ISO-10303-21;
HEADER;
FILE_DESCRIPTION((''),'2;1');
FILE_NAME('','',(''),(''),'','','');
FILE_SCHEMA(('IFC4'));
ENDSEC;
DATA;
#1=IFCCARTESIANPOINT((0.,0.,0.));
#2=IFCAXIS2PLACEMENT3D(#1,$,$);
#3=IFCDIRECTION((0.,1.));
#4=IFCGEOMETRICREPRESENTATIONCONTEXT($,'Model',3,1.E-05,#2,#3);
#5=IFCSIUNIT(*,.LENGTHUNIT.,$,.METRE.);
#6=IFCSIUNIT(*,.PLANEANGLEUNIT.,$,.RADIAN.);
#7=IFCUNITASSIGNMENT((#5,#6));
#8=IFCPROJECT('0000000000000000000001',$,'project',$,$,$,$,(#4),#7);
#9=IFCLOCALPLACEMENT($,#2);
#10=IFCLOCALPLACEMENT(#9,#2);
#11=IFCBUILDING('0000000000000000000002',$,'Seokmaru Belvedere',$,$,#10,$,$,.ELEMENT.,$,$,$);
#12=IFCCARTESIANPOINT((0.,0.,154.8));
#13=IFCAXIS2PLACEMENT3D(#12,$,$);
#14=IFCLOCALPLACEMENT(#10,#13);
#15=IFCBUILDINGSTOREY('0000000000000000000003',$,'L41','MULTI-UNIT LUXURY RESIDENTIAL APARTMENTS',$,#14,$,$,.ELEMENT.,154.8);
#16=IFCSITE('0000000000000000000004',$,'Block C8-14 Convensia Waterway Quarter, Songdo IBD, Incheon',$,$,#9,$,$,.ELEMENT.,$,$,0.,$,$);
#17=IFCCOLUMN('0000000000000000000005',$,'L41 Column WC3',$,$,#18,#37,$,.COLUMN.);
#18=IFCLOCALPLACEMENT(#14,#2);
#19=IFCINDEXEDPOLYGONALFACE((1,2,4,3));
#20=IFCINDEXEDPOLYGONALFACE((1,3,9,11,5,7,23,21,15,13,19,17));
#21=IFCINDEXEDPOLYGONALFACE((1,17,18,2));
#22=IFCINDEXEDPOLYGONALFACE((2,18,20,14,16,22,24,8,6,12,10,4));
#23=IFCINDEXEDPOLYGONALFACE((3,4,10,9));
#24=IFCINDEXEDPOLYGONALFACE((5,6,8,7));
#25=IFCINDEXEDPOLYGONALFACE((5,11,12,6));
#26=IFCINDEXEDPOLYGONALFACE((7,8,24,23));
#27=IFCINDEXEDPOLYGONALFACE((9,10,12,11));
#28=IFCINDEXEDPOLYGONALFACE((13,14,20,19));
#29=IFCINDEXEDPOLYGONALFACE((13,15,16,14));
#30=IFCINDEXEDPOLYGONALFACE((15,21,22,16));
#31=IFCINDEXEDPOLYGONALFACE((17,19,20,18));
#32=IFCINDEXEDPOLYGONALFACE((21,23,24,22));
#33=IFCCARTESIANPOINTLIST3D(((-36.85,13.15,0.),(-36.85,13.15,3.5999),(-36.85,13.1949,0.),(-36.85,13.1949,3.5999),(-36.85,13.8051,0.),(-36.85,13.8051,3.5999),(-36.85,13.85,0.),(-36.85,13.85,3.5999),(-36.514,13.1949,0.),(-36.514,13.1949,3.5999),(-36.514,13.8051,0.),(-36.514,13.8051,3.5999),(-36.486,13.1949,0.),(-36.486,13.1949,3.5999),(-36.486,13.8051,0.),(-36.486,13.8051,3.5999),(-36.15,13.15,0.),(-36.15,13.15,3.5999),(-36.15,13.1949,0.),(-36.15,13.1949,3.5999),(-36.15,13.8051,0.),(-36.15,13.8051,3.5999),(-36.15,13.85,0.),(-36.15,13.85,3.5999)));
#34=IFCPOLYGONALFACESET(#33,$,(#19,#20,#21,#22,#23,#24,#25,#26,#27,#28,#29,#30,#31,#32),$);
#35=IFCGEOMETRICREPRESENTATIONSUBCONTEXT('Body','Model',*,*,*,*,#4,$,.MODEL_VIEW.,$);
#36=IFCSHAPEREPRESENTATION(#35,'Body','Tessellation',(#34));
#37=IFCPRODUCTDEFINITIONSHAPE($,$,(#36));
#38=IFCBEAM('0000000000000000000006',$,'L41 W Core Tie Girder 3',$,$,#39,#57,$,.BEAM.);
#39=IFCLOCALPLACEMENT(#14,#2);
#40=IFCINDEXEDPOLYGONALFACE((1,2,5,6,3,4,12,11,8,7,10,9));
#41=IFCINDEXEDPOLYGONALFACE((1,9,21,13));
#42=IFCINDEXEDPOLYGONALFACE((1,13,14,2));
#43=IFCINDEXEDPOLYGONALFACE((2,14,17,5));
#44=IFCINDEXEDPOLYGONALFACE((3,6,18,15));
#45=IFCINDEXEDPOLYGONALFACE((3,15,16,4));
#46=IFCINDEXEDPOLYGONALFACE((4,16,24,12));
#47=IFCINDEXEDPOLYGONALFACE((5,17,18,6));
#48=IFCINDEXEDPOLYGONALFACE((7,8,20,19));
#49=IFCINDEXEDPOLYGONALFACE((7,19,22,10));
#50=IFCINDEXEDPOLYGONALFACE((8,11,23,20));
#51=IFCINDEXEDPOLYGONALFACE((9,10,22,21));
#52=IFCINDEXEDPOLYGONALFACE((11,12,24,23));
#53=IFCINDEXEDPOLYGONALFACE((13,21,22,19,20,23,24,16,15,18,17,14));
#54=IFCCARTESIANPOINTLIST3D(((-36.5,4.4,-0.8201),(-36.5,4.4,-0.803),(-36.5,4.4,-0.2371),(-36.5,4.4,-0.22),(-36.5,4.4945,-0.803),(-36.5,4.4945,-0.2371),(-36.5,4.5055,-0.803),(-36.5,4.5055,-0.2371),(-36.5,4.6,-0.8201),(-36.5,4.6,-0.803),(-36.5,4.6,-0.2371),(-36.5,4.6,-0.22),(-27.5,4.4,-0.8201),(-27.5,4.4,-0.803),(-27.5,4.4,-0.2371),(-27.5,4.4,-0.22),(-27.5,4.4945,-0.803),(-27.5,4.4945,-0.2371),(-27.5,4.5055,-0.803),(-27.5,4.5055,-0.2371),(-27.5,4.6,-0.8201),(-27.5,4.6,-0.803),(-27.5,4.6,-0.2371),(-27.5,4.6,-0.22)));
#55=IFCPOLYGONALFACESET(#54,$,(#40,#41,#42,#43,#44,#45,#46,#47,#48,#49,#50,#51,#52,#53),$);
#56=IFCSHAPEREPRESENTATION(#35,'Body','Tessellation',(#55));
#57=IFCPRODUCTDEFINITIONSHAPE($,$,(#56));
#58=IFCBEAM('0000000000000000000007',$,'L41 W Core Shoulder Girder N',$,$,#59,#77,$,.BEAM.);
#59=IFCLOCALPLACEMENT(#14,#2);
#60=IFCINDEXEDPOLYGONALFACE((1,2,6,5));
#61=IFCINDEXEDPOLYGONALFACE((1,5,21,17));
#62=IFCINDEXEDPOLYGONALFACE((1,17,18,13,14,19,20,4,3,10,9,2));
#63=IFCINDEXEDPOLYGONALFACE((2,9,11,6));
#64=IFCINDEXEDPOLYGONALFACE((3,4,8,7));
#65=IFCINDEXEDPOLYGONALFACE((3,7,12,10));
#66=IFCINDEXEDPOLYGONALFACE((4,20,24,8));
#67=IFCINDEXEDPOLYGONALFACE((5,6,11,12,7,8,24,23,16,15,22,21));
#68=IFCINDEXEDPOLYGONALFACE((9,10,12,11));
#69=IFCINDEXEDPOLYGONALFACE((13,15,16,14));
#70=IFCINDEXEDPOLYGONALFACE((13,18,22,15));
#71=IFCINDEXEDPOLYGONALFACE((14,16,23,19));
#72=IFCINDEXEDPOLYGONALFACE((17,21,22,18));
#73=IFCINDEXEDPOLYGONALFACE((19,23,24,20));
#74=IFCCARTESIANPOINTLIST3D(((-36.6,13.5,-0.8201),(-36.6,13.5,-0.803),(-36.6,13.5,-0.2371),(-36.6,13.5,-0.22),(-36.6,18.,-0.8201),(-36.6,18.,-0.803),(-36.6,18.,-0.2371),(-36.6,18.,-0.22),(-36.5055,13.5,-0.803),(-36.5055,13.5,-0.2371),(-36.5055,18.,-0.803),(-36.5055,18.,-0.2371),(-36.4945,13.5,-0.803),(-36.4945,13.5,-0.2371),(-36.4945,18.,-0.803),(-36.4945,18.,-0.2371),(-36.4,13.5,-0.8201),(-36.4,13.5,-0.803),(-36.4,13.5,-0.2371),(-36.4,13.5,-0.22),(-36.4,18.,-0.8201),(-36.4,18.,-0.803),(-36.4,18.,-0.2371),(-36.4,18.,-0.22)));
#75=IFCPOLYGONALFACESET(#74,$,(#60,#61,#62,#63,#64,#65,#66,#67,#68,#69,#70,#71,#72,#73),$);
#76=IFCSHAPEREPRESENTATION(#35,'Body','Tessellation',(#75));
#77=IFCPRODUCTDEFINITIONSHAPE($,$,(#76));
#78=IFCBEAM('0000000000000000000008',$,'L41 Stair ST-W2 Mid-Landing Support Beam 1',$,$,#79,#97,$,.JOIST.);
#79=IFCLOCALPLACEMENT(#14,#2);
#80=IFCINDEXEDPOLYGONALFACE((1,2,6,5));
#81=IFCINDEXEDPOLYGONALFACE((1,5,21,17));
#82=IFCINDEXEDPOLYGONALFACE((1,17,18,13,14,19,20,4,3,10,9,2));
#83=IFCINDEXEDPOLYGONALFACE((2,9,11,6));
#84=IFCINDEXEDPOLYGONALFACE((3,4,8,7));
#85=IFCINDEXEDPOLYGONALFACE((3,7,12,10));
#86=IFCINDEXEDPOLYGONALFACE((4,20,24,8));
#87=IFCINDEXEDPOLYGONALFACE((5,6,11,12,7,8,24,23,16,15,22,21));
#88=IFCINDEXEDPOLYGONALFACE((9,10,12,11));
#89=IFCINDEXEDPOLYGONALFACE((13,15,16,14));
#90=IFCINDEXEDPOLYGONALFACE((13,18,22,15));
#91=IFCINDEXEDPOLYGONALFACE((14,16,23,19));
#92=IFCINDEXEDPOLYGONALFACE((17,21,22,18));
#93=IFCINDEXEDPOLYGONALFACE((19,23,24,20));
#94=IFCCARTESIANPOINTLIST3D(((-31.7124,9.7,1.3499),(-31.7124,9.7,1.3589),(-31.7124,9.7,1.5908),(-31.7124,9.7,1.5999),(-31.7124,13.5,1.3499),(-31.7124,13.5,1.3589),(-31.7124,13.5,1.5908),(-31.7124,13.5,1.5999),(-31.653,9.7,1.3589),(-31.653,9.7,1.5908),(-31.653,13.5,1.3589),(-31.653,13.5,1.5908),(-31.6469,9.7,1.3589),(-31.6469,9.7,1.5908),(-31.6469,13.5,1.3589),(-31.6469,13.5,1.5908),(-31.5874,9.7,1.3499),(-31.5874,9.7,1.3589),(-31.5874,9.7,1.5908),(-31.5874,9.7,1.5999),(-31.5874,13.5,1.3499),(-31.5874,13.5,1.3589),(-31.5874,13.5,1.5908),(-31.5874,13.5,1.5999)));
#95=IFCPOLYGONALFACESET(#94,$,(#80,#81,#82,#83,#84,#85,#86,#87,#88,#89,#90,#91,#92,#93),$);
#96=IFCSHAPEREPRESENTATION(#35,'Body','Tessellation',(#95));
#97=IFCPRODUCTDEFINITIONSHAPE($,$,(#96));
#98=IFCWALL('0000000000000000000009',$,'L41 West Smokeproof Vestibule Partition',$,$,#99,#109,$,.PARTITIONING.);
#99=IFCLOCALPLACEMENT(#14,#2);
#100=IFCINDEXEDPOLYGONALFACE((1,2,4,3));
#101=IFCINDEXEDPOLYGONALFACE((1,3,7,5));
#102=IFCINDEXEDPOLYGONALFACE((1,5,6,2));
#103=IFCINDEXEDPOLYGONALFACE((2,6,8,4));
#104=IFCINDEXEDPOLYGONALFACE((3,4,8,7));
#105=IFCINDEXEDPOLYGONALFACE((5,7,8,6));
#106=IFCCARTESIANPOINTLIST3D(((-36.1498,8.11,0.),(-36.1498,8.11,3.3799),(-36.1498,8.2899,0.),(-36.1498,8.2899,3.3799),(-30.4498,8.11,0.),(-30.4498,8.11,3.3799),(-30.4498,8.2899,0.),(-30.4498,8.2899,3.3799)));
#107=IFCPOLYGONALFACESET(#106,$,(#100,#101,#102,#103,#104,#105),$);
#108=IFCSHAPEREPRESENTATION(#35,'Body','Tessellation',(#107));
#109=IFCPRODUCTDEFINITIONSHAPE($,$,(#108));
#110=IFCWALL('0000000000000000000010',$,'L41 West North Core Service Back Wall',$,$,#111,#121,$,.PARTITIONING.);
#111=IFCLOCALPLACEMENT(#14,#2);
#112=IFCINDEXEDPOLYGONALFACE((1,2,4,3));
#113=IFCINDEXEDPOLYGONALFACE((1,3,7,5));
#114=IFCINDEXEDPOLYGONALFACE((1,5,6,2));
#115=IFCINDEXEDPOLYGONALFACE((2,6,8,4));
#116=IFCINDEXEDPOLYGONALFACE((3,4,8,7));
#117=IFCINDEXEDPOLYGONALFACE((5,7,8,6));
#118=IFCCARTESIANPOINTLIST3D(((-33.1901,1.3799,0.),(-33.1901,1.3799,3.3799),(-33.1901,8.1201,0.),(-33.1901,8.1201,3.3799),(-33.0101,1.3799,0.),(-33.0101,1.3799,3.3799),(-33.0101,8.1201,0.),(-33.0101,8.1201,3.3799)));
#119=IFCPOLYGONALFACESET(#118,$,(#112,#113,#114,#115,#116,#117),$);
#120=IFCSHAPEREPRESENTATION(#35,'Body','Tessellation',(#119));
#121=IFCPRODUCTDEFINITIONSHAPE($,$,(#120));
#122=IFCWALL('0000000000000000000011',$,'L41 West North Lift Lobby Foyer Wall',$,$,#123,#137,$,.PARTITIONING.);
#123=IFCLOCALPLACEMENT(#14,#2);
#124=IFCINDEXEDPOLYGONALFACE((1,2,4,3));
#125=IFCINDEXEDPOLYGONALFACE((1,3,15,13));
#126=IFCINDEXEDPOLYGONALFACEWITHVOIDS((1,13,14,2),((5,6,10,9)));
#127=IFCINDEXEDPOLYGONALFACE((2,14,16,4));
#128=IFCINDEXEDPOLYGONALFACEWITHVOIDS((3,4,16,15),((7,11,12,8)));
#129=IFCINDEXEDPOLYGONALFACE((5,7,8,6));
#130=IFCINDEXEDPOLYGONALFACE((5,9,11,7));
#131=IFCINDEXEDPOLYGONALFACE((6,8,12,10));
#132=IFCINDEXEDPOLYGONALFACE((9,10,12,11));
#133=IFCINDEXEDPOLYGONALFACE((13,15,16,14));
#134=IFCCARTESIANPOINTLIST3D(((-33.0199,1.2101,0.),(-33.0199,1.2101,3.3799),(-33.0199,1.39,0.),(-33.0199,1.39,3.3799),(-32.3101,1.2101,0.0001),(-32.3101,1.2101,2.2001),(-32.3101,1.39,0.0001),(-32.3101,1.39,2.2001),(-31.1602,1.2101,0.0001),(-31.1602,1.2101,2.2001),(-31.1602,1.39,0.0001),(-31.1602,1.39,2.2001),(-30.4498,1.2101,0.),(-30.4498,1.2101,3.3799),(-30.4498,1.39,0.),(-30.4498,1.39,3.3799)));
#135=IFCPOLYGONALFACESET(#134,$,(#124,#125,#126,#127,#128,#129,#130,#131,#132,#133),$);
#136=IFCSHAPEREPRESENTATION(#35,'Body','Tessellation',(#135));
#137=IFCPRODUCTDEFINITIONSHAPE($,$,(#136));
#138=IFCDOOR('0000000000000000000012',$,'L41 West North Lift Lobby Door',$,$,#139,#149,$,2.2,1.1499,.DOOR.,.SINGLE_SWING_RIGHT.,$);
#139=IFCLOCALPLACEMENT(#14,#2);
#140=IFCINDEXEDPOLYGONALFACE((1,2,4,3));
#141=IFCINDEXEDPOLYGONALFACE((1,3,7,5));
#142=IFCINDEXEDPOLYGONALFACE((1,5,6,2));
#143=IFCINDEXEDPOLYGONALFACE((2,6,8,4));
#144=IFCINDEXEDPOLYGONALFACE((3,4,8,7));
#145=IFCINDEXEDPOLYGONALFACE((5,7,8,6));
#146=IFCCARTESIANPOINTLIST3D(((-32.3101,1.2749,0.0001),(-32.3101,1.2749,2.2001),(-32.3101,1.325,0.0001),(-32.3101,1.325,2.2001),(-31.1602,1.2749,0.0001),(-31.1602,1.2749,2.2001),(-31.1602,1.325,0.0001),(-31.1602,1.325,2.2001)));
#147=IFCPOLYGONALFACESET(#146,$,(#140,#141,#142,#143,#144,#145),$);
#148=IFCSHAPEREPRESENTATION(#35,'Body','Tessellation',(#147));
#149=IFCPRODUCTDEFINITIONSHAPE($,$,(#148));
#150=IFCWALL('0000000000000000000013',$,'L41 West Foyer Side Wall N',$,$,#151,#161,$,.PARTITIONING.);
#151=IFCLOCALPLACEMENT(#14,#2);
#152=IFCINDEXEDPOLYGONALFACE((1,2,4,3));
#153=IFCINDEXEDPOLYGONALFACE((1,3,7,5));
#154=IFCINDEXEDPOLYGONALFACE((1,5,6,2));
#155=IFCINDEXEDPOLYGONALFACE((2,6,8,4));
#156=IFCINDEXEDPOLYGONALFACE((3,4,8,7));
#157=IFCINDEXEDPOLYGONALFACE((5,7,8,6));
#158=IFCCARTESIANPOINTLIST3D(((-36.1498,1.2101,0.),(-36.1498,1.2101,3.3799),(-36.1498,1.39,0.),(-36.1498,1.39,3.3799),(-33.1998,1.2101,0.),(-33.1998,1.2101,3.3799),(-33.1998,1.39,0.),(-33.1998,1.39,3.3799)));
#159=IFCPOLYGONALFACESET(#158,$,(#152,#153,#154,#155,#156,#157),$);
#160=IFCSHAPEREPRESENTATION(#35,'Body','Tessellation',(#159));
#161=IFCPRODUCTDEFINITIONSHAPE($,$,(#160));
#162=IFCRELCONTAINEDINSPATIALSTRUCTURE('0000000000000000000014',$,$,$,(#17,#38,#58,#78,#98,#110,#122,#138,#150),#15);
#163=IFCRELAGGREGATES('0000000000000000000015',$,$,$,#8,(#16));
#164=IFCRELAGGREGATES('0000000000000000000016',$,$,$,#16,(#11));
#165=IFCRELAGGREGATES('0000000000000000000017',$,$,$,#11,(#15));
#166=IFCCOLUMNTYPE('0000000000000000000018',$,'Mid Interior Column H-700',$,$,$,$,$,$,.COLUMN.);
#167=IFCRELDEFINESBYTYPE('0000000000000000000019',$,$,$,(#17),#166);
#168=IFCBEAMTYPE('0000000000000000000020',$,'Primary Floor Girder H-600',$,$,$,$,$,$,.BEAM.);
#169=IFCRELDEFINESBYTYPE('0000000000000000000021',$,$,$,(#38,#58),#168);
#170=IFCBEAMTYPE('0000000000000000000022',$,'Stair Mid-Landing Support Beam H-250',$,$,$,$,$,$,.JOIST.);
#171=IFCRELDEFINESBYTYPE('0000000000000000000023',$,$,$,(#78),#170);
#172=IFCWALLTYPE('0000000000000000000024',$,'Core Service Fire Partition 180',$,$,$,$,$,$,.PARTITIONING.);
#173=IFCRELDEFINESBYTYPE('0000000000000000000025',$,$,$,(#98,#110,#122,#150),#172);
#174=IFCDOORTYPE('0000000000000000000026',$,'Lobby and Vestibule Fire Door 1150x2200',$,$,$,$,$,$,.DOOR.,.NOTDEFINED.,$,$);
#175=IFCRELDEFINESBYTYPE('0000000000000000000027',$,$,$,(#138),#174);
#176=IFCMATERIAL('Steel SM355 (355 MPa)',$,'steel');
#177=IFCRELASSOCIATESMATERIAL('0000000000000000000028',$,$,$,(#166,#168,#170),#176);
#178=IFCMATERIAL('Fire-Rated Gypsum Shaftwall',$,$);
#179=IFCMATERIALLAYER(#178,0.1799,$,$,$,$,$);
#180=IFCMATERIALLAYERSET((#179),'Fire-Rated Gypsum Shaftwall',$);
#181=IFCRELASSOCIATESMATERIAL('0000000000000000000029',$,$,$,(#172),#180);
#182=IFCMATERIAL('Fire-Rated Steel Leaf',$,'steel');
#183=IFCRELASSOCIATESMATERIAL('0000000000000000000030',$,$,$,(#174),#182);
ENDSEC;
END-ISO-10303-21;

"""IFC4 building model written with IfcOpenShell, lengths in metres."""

from ifc_helpers import new_model, si_unit, direction, frame, frame_2d, origin, origin_2d, place, context, subcontext, project, spatial, rectangle, i_section, extrude, source, transform, mapped, material, layer, layer_set, material_profile, profile_set, type_object, type_shapes, element, fill, save


model = new_model("IFC4")

# Units and contexts
model_context = context("Model", 3, precision=1e-05, world=origin(), true_north=direction((0.0, 1.0)))
body_context = subcontext(model_context, "Body", "Model", "MODEL_VIEW")
ifc_project = project(units=[si_unit("LENGTHUNIT", "METRE"), si_unit("PLANEANGLEUNIT", "RADIAN")], contexts=[model_context])

# Site, building, storey
site_placement = place(None, origin())
site = spatial("IfcSite", under=ifc_project, at=site_placement, Name="Block C8-14 Convensia Waterway Quarter, Songdo IBD, Incheon", CompositionType="ELEMENT", RefElevation=0.0)
building_placement = place(site_placement, origin())
building = spatial("IfcBuilding", under=site, at=building_placement, Name="Seokmaru Belvedere", CompositionType="ELEMENT")
storey_placement = place(building_placement, frame((0.0, 0.0, 154.8)))
storey = spatial("IfcBuildingStorey", under=building, at=storey_placement, Name="L41", Description="MULTI-UNIT LUXURY RESIDENTIAL APARTMENTS", CompositionType="ELEMENT", Elevation=154.8)

# Column
ifc_material_1 = material(Name="Steel SM355 (355 MPa)", Category="steel")
ifc_material_profile_1 = material_profile(ifc_material_1, i_section(OverallWidth=0.7, OverallDepth=0.7, WebThickness=0.0281, FlangeThickness=0.0449, at=origin_2d()), Name="H-700x700x28x45")
ifc_profile_set_1 = profile_set([ifc_material_profile_1], Name="Steel SM355 (355 MPa)")
column_type = type_object("IfcColumnType", Name="Mid Interior Column H-700", PredefinedType="COLUMN", material=ifc_profile_set_1)
shared_shape_1 = source(origin(), body_context, "Body", "SweptSolid", [
    extrude(i_section(OverallWidth=0.7, OverallDepth=0.7, WebThickness=0.0281, FlangeThickness=0.0449, at=origin_2d()), origin(), (0.0, 0.0, 1.0), 3.5999),
])
type_shapes(column_type, [shared_shape_1])
column_placement = place(storey_placement, frame((-36.5, 13.5, 0.0), z_axis=(0.0, 0.0, 1.0), x_axis=(1.0, 0.0, 0.0)))
element("IfcColumn", 1, at=column_placement, inside=storey, type_object=column_type, Name="L41 Column WC3", PredefinedType="COLUMN", context=body_context, shape_type="MappedRepresentation", body=[
    mapped(shared_shape_1, transform((0.0, 0.0, 0.0), scale=1.0)),
])

# Beams
ifc_material_profile_2 = material_profile(ifc_material_1, i_section(OverallWidth=0.2, OverallDepth=0.6001, WebThickness=0.011, FlangeThickness=0.0171, at=origin_2d()), Name="H-600x200x11x17")
ifc_profile_set_2 = profile_set([ifc_material_profile_2], Name="Steel SM355 (355 MPa)")
beam_type_1 = type_object("IfcBeamType", Name="Primary Floor Girder H-600", PredefinedType="BEAM", material=ifc_profile_set_2)
shared_shape_2 = source(origin(), body_context, "Body", "SweptSolid", [
    extrude(i_section(OverallWidth=0.2, OverallDepth=0.6001, WebThickness=0.011, FlangeThickness=0.0171, at=origin_2d()), origin(), (0.0, 0.0, 1.0), 9.0),
])
beam_1_placement = place(storey_placement, frame((-36.5, 4.5, -0.52), z_axis=(1.0, 0.0, 0.0), x_axis=(0.0, 1.0, 0.0)))
element("IfcBeam", 2, at=beam_1_placement, inside=storey, type_object=beam_type_1, Name="L41 W Core Tie Girder 3", PredefinedType="BEAM", context=body_context, shape_type="MappedRepresentation", body=[
    mapped(shared_shape_2, transform((0.0, 0.0, 0.0), scale=1.0)),
])
shared_shape_3 = source(origin(), body_context, "Body", "SweptSolid", [
    extrude(i_section(OverallWidth=0.2, OverallDepth=0.6001, WebThickness=0.011, FlangeThickness=0.0171, at=origin_2d()), origin(), (0.0, 0.0, 1.0), 4.5),
])
type_shapes(beam_type_1, [shared_shape_2, shared_shape_3])
beam_2_placement = place(storey_placement, frame((-36.5, 13.5, -0.52), z_axis=(0.0, 1.0, 0.0), x_axis=(-1.0, 0.0, 0.0)))
element("IfcBeam", 3, at=beam_2_placement, inside=storey, type_object=beam_type_1, Name="L41 W Core Shoulder Girder N", PredefinedType="BEAM", context=body_context, shape_type="MappedRepresentation", body=[
    mapped(shared_shape_3, transform((0.0, 0.0, 0.0), scale=1.0)),
])
ifc_material_profile_3 = material_profile(ifc_material_1, i_section(OverallWidth=0.125, OverallDepth=0.25, WebThickness=0.0061, FlangeThickness=0.009, at=origin_2d()), Name="H-250x125x6x9")
ifc_profile_set_3 = profile_set([ifc_material_profile_3], Name="Steel SM355 (355 MPa)")
beam_type_2 = type_object("IfcBeamType", Name="Stair Mid-Landing Support Beam H-250", PredefinedType="JOIST", material=ifc_profile_set_3)
shared_shape_4 = source(origin(), body_context, "Body", "SweptSolid", [
    extrude(i_section(OverallWidth=0.125, OverallDepth=0.25, WebThickness=0.0061, FlangeThickness=0.009, at=origin_2d()), origin(), (0.0, 0.0, 1.0), 3.8),
])
type_shapes(beam_type_2, [shared_shape_4])
beam_3_placement = place(storey_placement, frame((-31.6499, 9.7, 1.4749), z_axis=(0.0, 1.0, 0.0), x_axis=(-1.0, 0.0, 0.0)))
element("IfcBeam", 4, at=beam_3_placement, inside=storey, type_object=beam_type_2, Name="L41 Stair ST-W2 Mid-Landing Support Beam 1", PredefinedType="JOIST", context=body_context, shape_type="MappedRepresentation", body=[
    mapped(shared_shape_4, transform((0.0, 0.0, 0.0), scale=1.0)),
])

# Walls
ifc_material_2 = material(Name="Fire-Rated Gypsum Shaftwall")
ifc_layer_1 = layer(ifc_material_2, 0.1799)
ifc_layer_set_1 = layer_set([ifc_layer_1], Name="Fire-Rated Gypsum Shaftwall")
wall_type_1 = type_object("IfcWallType", Name="Core Service Fire Partition 180", PredefinedType="PARTITIONING", material=ifc_layer_set_1)
wall_1_placement = place(storey_placement, frame((-36.1499, 8.2, 0.0), z_axis=(0.0, 0.0, 1.0), x_axis=(1.0, 0.0, 0.0)))
element("IfcWall", 5, at=wall_1_placement, inside=storey, type_object=wall_type_1, Name="L41 West Smokeproof Vestibule Partition", PredefinedType="PARTITIONING", context=body_context, shape_type="SweptSolid", body=[
    extrude(rectangle(XDim=5.7, YDim=0.1799, at=frame_2d((2.8501, 0.0))), origin(), (0.0, 0.0, 1.0), 3.3799),
])
wall_2_placement = place(storey_placement, frame((-33.1001, 1.3799, 0.0), z_axis=(0.0, 0.0, 1.0), x_axis=(0.0, 1.0, 0.0)))
element("IfcWall", 6, at=wall_2_placement, inside=storey, type_object=wall_type_1, Name="L41 West North Core Service Back Wall", PredefinedType="PARTITIONING", context=body_context, shape_type="SweptSolid", body=[
    extrude(rectangle(XDim=6.7402, YDim=0.1799, at=frame_2d((3.3701, 0.0))), origin(), (0.0, 0.0, 1.0), 3.3799),
])

# Wall, opening, door
wall_3_placement = place(storey_placement, frame((-33.02, 1.3, 0.0), z_axis=(0.0, 0.0, 1.0), x_axis=(1.0, 0.0, 0.0)))
wall_3 = element("IfcWall", 7, at=wall_3_placement, inside=storey, type_object=wall_type_1, Name="L41 West North Lift Lobby Foyer Wall", PredefinedType="PARTITIONING", context=body_context, shape_type="SweptSolid", body=[
    extrude(rectangle(XDim=2.5701, YDim=0.1799, at=frame_2d((1.2852, 0.0))), origin(), (0.0, 0.0, 1.0), 3.3799),
])
opening_1_placement = place(wall_3_placement, frame((0.71, 0.0, 0.0)))
opening_1 = element("IfcOpeningElement", 8, at=opening_1_placement, cuts=wall_3, PredefinedType="OPENING", context=body_context, shape_type="SweptSolid", body=[
    extrude(rectangle(XDim=1.1499, YDim=2.2, at=frame_2d((0.575, 1.1001))), frame((0.0, 0.1001, 0.0), z_axis=(0.0, -1.0, 0.0), x_axis=(1.0, 0.0, 0.0)), (0.0, 0.0, 1.0), 0.2),
])
ifc_material_3 = material(Name="Fire-Rated Steel Leaf", Category="steel")
door_type_1 = type_object("IfcDoorType", Name="Lobby and Vestibule Fire Door 1150x2200", OperationType="NOTDEFINED", PredefinedType="DOOR", material=ifc_material_3)
shared_shape_5 = source(origin(), body_context, "Body", "SweptSolid", [
    extrude(rectangle(XDim=1.1499, YDim=2.2, at=frame_2d((0.575, 1.1001))), frame((0.0, 0.0249, 0.0), z_axis=(0.0, -1.0, 0.0), x_axis=(1.0, 0.0, 0.0)), (0.0, 0.0, 1.0), 0.05),
])
type_shapes(door_type_1, [shared_shape_5])
door_1_placement = place(opening_1_placement, origin())
door_1 = element("IfcDoor", 9, at=door_1_placement, inside=storey, type_object=door_type_1, Name="L41 West North Lift Lobby Door", OperationType="SINGLE_SWING_RIGHT", OverallHeight=2.2, OverallWidth=1.1499, PredefinedType="DOOR", context=body_context, shape_type="MappedRepresentation", body=[
    mapped(shared_shape_5, transform((0.0, 0.0, 0.0), scale=1.0)),
])
fill(opening_1, door_1)

# Wall
wall_4_placement = place(storey_placement, frame((-36.1499, 1.3, 0.0), z_axis=(0.0, 0.0, 1.0), x_axis=(1.0, 0.0, 0.0)))
element("IfcWall", 10, at=wall_4_placement, inside=storey, type_object=wall_type_1, Name="L41 West Foyer Side Wall N", PredefinedType="PARTITIONING", context=body_context, shape_type="SweptSolid", body=[
    extrude(rectangle(XDim=2.95, YDim=0.1799, at=frame_2d((1.4751, 0.0))), origin(), (0.0, 0.0, 1.0), 3.3799),
])

save(model, "model.ifc")
